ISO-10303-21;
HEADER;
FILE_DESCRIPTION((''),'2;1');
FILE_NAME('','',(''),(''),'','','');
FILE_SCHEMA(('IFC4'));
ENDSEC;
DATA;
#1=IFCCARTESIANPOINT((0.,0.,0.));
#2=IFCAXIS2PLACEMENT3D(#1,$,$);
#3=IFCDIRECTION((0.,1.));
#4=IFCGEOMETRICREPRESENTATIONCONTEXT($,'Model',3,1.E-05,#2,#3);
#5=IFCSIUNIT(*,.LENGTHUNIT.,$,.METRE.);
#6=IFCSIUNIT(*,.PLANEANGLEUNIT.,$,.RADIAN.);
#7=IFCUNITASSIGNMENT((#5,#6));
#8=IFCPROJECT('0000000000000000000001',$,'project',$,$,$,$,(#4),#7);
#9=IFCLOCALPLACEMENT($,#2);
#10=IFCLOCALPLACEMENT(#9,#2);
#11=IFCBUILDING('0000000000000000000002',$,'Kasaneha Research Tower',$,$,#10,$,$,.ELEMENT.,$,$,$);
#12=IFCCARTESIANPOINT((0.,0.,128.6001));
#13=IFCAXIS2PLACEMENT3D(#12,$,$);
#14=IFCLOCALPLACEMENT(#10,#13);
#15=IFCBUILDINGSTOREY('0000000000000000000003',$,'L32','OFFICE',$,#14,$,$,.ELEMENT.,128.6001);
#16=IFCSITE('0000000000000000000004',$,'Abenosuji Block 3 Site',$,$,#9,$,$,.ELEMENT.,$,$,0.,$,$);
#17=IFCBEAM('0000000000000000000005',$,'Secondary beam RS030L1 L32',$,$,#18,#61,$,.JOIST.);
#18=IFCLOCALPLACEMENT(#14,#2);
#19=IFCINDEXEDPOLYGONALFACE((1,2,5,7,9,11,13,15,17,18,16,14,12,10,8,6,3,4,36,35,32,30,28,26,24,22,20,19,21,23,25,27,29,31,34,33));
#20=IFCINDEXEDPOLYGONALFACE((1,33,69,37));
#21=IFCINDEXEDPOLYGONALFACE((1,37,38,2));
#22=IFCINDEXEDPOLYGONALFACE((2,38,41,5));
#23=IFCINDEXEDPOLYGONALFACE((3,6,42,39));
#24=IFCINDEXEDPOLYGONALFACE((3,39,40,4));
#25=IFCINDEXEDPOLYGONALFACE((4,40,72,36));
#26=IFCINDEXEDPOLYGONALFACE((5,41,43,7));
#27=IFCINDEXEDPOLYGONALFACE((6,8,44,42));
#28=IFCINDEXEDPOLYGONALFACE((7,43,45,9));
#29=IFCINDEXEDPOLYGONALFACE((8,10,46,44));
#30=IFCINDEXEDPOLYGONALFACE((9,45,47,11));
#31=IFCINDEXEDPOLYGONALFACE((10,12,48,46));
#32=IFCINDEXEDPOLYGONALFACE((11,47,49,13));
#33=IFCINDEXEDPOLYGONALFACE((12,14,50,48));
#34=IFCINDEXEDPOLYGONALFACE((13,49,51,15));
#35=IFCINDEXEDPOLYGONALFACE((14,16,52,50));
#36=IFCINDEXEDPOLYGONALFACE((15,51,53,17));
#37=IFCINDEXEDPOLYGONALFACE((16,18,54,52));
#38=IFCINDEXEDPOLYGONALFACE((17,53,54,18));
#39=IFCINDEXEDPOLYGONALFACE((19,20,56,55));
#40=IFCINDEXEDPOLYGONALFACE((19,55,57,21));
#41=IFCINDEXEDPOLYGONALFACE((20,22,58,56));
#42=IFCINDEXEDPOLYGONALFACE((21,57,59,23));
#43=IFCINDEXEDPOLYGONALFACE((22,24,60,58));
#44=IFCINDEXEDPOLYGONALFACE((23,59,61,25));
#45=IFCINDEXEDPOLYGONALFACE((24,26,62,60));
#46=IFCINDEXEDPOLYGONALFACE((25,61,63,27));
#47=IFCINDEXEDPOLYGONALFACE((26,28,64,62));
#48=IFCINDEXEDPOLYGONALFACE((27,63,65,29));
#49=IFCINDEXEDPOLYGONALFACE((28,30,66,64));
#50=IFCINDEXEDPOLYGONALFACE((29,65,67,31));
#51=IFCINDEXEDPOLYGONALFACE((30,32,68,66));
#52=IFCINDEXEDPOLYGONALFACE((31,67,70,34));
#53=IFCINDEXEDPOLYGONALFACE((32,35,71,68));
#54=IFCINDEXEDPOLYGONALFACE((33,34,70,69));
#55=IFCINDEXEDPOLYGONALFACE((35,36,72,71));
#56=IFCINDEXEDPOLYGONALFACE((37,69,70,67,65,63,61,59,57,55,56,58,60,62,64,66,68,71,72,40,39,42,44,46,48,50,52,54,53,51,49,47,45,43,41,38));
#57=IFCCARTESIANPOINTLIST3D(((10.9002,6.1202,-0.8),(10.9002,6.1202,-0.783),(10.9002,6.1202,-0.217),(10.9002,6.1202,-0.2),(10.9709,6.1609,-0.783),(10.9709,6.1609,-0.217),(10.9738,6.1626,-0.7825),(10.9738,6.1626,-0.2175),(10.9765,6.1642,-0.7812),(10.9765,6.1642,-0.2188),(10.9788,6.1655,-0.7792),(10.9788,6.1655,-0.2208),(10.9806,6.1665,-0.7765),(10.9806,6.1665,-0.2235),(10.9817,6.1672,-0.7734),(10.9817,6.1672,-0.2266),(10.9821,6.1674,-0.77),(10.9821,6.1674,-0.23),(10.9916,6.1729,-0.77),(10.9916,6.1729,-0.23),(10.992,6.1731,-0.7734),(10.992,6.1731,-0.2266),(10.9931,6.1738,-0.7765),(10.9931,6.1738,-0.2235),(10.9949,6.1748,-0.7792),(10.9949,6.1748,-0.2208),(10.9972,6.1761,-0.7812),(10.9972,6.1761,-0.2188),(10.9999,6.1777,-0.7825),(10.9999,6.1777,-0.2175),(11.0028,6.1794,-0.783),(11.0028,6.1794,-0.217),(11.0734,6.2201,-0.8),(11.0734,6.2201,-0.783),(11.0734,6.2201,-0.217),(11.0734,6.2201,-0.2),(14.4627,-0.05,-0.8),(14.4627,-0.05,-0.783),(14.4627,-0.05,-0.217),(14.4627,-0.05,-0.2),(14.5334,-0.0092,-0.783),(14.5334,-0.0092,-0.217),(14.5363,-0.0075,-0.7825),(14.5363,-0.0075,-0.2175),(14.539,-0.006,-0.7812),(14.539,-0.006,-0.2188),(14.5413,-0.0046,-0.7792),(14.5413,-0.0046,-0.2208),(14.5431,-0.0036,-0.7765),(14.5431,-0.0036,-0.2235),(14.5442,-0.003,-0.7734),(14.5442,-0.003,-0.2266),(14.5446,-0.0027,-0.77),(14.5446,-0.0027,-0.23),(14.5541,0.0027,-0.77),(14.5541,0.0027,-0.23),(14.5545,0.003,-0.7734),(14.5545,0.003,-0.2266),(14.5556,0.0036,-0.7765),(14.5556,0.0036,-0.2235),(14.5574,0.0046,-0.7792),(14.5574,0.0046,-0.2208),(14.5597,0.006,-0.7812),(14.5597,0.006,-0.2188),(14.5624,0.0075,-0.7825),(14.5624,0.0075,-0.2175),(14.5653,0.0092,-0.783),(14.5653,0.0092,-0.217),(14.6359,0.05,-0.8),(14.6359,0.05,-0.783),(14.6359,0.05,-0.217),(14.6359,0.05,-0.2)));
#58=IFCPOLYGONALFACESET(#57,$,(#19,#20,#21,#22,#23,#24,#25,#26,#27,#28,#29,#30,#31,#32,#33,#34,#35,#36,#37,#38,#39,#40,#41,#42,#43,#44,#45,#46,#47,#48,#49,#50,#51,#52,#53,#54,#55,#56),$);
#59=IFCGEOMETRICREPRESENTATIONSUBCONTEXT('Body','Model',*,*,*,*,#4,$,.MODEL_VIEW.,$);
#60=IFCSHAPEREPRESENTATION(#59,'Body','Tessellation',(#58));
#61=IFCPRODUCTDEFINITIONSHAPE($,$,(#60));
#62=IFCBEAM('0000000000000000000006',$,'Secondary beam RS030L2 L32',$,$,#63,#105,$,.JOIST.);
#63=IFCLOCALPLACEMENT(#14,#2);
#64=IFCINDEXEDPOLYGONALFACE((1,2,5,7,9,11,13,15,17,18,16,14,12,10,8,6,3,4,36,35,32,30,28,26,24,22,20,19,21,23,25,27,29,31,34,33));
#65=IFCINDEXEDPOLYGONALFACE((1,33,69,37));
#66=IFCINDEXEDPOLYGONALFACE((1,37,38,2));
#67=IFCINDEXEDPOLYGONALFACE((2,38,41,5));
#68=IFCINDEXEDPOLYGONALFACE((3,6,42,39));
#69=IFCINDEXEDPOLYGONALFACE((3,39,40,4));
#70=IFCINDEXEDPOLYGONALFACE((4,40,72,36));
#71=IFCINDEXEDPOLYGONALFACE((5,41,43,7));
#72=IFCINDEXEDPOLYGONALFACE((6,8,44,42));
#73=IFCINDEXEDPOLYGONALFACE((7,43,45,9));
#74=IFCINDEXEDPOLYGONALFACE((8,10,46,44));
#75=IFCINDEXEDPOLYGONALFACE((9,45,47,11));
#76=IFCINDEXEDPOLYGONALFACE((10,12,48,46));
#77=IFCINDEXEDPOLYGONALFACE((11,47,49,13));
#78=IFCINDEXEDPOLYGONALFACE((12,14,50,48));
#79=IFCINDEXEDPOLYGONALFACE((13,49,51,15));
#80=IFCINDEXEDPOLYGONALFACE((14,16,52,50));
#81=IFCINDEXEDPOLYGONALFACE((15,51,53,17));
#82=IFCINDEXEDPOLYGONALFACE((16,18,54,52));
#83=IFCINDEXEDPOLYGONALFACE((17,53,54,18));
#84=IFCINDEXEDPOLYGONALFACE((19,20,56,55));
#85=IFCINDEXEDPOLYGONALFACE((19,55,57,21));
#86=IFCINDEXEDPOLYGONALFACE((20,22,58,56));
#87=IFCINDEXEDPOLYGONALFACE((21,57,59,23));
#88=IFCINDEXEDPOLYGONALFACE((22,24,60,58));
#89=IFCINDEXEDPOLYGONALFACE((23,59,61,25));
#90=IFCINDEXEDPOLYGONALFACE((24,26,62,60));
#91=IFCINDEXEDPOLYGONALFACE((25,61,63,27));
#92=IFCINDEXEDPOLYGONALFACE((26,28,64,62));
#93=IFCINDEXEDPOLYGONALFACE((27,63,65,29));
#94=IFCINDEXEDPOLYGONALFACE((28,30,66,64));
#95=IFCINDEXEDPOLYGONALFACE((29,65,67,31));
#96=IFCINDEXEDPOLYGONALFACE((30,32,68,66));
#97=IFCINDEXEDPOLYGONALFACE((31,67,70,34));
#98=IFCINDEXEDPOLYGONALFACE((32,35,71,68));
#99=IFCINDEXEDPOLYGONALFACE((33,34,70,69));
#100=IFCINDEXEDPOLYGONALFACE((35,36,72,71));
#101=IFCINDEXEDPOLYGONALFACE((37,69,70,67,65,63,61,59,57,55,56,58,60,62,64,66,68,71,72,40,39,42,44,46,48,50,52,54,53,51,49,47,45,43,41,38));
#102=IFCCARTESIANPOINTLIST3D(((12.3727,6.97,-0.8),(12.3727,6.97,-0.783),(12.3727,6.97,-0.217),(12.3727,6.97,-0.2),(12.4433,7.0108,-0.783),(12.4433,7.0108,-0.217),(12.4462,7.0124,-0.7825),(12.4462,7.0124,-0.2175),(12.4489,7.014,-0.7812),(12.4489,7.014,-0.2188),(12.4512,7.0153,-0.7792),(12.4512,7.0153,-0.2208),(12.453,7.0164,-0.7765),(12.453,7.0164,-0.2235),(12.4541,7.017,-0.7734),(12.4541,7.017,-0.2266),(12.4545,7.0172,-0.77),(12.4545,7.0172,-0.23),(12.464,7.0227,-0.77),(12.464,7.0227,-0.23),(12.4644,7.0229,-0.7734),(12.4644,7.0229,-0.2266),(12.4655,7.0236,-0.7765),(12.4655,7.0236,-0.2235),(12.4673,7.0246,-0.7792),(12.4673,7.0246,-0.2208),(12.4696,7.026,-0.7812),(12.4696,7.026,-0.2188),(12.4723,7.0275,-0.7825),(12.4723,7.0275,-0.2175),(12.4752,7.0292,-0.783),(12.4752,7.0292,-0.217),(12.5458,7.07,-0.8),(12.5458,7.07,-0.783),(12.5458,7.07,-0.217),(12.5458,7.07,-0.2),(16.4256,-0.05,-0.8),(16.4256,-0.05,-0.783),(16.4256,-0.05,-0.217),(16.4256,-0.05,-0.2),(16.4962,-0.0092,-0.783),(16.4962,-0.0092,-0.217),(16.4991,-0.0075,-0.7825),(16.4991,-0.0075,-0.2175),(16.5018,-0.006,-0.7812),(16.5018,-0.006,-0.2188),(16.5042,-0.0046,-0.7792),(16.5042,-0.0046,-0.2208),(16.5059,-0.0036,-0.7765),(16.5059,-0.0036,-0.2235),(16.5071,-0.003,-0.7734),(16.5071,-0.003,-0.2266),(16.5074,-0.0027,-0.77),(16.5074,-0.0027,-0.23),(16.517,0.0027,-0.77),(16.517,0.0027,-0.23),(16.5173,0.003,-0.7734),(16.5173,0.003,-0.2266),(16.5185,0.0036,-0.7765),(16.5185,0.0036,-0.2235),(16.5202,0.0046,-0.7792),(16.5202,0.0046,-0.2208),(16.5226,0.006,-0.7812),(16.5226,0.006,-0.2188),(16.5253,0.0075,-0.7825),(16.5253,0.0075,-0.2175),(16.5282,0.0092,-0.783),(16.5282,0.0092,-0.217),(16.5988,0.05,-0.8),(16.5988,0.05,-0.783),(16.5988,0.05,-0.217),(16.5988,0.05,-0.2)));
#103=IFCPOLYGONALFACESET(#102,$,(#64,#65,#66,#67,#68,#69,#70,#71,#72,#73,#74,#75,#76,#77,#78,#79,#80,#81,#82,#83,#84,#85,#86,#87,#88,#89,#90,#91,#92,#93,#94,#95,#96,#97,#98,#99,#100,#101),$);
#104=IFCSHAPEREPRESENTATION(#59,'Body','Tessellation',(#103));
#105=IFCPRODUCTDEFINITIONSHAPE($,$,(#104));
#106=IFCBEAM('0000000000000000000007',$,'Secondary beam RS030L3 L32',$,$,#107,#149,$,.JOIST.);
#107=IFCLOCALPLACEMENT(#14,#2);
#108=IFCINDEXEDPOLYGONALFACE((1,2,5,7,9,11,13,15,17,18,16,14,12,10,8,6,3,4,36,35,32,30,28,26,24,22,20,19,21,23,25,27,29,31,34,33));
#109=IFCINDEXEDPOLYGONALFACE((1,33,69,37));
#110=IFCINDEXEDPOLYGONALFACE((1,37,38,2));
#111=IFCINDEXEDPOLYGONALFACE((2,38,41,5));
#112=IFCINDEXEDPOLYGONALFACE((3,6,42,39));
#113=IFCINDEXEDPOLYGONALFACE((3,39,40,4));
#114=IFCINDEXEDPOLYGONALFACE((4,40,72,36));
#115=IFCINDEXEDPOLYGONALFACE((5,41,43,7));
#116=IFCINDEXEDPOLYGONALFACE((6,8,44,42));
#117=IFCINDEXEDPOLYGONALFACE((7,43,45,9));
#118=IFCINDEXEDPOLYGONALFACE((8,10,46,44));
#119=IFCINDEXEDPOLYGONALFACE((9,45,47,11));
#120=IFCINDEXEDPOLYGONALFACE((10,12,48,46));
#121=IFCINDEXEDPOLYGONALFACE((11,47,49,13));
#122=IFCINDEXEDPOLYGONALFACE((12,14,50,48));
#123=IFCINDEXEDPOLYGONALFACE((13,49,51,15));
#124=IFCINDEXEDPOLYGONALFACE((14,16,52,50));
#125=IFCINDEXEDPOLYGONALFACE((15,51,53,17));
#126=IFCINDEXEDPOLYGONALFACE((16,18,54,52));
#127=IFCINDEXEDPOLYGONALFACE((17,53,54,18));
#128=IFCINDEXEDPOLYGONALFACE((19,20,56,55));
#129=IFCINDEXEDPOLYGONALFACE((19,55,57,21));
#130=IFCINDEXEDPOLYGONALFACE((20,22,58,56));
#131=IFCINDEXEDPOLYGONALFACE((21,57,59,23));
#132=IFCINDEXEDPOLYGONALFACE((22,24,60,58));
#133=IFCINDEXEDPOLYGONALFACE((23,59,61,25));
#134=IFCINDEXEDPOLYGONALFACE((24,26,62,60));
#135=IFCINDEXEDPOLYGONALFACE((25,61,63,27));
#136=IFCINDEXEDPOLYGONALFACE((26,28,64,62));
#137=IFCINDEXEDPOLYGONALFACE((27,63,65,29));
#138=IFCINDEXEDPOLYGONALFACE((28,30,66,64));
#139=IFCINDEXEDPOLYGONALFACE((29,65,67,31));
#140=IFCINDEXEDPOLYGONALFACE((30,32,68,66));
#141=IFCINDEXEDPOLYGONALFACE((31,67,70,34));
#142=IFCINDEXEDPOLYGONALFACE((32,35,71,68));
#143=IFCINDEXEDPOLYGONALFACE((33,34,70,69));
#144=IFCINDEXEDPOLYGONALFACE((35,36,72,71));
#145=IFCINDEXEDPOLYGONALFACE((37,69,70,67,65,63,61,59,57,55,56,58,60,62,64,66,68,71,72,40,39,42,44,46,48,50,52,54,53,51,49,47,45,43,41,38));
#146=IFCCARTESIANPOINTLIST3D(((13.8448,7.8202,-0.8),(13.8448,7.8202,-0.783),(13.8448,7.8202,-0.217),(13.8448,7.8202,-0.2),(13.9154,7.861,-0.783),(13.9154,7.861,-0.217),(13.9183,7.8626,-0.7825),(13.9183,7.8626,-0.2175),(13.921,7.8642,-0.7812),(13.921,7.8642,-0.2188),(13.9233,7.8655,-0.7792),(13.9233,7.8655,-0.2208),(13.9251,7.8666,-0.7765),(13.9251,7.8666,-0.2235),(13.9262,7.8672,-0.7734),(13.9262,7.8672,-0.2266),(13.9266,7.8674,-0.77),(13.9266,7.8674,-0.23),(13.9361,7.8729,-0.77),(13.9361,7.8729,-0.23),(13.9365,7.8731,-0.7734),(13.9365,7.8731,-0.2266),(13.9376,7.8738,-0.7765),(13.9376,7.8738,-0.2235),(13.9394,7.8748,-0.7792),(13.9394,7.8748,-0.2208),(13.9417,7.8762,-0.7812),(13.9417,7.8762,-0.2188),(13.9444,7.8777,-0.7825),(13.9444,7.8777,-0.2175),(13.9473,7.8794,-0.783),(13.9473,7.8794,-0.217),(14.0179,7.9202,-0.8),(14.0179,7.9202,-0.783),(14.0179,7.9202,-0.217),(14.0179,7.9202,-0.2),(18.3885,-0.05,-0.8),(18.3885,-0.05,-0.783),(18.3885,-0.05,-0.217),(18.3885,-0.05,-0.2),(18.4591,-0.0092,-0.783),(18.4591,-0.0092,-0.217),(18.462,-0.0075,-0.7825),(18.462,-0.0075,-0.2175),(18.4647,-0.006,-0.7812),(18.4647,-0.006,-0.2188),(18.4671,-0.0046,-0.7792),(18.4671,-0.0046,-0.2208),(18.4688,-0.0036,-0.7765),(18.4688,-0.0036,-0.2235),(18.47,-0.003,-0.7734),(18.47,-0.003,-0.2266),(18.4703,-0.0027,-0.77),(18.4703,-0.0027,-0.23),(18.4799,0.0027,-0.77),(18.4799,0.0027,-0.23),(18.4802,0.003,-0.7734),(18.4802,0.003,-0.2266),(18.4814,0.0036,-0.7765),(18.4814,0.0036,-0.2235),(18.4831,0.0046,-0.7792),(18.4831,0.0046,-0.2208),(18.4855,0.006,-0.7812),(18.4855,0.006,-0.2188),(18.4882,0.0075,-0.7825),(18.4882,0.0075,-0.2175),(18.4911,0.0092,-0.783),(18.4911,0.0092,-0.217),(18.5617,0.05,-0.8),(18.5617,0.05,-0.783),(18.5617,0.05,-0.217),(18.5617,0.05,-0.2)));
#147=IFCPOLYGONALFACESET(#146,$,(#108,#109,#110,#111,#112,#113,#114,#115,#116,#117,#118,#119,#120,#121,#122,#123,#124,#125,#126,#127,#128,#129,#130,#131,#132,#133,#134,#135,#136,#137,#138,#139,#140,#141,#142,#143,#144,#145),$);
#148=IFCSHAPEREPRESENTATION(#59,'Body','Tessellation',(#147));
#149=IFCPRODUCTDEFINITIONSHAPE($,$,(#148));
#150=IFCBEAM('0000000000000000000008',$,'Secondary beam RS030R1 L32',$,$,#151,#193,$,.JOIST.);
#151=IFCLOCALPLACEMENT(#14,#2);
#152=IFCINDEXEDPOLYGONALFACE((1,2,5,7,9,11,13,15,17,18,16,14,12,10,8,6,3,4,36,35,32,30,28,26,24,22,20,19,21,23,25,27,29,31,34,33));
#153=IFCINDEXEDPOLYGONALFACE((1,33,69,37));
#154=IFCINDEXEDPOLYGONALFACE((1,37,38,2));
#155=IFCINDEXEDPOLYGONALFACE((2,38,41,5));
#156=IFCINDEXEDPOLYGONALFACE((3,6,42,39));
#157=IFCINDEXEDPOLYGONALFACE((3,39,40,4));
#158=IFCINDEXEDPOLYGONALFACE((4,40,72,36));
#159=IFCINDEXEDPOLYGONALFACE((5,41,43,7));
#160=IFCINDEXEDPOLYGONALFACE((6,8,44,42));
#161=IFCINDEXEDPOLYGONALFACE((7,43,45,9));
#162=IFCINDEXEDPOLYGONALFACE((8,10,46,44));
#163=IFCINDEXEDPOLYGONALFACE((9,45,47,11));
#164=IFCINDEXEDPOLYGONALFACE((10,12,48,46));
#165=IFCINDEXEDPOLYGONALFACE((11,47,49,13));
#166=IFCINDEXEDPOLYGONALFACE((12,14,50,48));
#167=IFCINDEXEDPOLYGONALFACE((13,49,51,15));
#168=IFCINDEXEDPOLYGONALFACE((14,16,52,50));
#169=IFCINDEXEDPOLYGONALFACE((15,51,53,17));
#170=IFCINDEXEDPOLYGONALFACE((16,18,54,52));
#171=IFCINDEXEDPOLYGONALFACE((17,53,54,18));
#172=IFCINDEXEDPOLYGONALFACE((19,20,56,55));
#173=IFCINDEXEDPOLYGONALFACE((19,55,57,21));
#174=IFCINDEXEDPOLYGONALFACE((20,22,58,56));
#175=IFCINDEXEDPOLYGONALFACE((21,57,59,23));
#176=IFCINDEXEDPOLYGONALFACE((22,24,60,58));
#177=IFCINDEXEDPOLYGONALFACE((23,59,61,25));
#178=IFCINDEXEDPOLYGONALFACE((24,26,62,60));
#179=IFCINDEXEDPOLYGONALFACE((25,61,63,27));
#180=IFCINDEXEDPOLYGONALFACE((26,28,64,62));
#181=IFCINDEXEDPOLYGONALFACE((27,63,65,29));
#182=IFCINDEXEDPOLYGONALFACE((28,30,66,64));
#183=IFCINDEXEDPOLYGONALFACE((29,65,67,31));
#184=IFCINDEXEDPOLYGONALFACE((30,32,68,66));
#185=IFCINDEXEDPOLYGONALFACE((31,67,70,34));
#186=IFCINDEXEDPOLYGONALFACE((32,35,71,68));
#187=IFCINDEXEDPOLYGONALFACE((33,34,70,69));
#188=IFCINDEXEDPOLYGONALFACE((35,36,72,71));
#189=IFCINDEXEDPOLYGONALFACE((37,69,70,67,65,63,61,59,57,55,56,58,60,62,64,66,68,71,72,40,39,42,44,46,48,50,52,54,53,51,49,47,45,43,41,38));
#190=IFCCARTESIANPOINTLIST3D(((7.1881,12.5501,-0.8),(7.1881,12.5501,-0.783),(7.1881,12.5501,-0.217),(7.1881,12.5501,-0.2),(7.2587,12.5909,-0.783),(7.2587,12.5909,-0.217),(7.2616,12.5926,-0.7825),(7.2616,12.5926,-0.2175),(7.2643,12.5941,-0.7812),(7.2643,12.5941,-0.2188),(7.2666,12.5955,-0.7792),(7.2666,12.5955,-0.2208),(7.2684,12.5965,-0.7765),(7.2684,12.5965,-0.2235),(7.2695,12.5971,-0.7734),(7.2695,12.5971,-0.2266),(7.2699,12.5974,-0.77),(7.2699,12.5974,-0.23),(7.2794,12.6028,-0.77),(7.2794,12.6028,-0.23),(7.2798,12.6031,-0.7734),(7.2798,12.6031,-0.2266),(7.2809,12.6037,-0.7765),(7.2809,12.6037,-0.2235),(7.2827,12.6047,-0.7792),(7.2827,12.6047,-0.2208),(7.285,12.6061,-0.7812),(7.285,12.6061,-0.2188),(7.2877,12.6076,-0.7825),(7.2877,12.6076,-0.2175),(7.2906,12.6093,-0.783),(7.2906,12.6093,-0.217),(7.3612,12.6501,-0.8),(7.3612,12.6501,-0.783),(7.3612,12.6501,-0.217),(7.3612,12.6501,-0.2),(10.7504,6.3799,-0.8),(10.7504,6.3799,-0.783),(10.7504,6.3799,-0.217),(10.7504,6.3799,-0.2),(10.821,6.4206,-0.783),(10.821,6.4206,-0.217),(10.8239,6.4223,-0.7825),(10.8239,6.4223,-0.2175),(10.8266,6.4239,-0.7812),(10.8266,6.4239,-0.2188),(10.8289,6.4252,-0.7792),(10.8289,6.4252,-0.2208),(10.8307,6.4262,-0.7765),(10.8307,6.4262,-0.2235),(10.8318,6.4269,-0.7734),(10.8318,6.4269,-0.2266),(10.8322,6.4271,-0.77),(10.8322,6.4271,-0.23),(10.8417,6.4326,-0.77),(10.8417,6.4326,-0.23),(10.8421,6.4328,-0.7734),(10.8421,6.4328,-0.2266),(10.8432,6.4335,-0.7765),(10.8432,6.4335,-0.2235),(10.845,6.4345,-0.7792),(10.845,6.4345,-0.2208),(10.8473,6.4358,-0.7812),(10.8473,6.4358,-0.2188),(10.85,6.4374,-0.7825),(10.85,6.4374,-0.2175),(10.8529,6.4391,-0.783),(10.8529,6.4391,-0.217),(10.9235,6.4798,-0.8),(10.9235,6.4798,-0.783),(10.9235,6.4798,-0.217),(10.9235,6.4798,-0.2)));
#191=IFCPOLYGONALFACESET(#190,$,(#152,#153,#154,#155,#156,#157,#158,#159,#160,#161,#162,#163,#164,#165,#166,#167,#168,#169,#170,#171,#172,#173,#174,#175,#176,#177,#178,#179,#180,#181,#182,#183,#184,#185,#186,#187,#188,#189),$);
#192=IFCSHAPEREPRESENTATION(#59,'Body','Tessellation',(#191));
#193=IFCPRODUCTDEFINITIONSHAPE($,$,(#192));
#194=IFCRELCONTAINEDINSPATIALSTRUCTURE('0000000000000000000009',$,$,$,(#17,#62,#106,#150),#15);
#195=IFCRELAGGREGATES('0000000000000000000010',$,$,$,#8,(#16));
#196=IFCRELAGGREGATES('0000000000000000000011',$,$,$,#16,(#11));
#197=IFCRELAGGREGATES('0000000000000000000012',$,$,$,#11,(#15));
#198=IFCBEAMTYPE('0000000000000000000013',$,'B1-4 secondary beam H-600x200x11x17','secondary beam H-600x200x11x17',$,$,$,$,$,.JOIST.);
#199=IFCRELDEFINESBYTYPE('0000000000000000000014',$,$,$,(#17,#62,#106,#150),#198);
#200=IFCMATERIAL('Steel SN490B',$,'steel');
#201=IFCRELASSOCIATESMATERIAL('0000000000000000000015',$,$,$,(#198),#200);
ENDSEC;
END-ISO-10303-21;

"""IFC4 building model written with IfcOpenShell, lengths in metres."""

from ifc_helpers import new_model, si_unit, direction, frame, origin, origin_2d, place, context, subcontext, project, spatial, i_section, extrude, material, material_profile, profile_set, type_object, element, save


model = new_model("IFC4")

# Units and contexts
model_context = context("Model", 3, precision=1e-05, world=origin(), true_north=direction((0.0, 1.0)))
body_context = subcontext(model_context, "Body", "Model", "MODEL_VIEW")
ifc_project = project(units=[si_unit("LENGTHUNIT", "METRE"), si_unit("PLANEANGLEUNIT", "RADIAN")], contexts=[model_context])

# Site, building, storey
site_placement = place(None, origin())
site = spatial("IfcSite", under=ifc_project, at=site_placement, Name="Abenosuji Block 3 Site", CompositionType="ELEMENT", RefElevation=0.0)
building_placement = place(site_placement, origin())
building = spatial("IfcBuilding", under=site, at=building_placement, Name="Kasaneha Research Tower", CompositionType="ELEMENT")
storey_placement = place(building_placement, frame((0.0, 0.0, 128.6001)))
storey = spatial("IfcBuildingStorey", under=building, at=storey_placement, Name="L32", Description="OFFICE", CompositionType="ELEMENT", Elevation=128.6001)

# Beams
ifc_material_1 = material(Name="Steel SN490B", Category="steel")
ifc_material_profile_1 = material_profile(ifc_material_1, i_section(OverallWidth=0.2, OverallDepth=0.6001, WebThickness=0.011, FlangeThickness=0.0171, FilletRadius=0.0129, at=origin_2d()), Name="H-600x200x11x17")
ifc_profile_set_1 = profile_set([ifc_material_profile_1], Name="Steel SN490B")
beam_type_1 = type_object("IfcBeamType", Name="B1-4 secondary beam H-600x200x11x17", Description="secondary beam H-600x200x11x17", PredefinedType="JOIST", material=ifc_profile_set_1)
beam_1_placement = place(storey_placement, frame((14.5493, 0.0, -0.5), z_axis=(-0.500016, 0.866016, 0.0), x_axis=(-0.866016, -0.500016, 0.0)))
element("IfcBeam", 1, at=beam_1_placement, inside=storey, type_object=beam_type_1, Name="Secondary beam RS030L1 L32", PredefinedType="JOIST", context=body_context, shape_type="SweptSolid", body=[
    extrude(i_section(OverallWidth=0.2, OverallDepth=0.6001, WebThickness=0.011, FlangeThickness=0.0171, FilletRadius=0.0129, at=origin_2d()), origin(), (0.0, 0.0, 1.0), 7.1248),
])
beam_2_placement = place(storey_placement, frame((16.5122, 0.0, -0.5), z_axis=(-0.499997, 0.866027, 0.0), x_axis=(-0.866027, -0.499997, 0.0)))
element("IfcBeam", 2, at=beam_2_placement, inside=storey, type_object=beam_type_1, Name="Secondary beam RS030L2 L32", PredefinedType="JOIST", context=body_context, shape_type="SweptSolid", body=[
    extrude(i_section(OverallWidth=0.2, OverallDepth=0.6001, WebThickness=0.011, FlangeThickness=0.0171, FilletRadius=0.0129, at=origin_2d()), origin(), (0.0, 0.0, 1.0), 8.106),
])
beam_3_placement = place(storey_placement, frame((18.4751, 0.0, -0.5), z_axis=(-0.499991, 0.866031, 0.0), x_axis=(-0.866031, -0.499991, 0.0)))
element("IfcBeam", 3, at=beam_3_placement, inside=storey, type_object=beam_type_1, Name="Secondary beam RS030L3 L32", PredefinedType="JOIST", context=body_context, shape_type="SweptSolid", body=[
    extrude(i_section(OverallWidth=0.2, OverallDepth=0.6001, WebThickness=0.011, FlangeThickness=0.0171, FilletRadius=0.0129, at=origin_2d()), origin(), (0.0, 0.0, 1.0), 9.0876),
])
beam_4_placement = place(storey_placement, frame((7.2747, 12.6001, -0.5), z_axis=(0.49999, -0.866031, 0.0), x_axis=(0.866031, 0.49999, 0.0)))
element("IfcBeam", 4, at=beam_4_placement, inside=storey, type_object=beam_type_1, Name="Secondary beam RS030R1 L32", PredefinedType="JOIST", context=body_context, shape_type="SweptSolid", body=[
    extrude(i_section(OverallWidth=0.2, OverallDepth=0.6001, WebThickness=0.011, FlangeThickness=0.0171, FilletRadius=0.0129, at=origin_2d()), origin(), (0.0, 0.0, 1.0), 7.1248),
])

save(model, "model.ifc")
